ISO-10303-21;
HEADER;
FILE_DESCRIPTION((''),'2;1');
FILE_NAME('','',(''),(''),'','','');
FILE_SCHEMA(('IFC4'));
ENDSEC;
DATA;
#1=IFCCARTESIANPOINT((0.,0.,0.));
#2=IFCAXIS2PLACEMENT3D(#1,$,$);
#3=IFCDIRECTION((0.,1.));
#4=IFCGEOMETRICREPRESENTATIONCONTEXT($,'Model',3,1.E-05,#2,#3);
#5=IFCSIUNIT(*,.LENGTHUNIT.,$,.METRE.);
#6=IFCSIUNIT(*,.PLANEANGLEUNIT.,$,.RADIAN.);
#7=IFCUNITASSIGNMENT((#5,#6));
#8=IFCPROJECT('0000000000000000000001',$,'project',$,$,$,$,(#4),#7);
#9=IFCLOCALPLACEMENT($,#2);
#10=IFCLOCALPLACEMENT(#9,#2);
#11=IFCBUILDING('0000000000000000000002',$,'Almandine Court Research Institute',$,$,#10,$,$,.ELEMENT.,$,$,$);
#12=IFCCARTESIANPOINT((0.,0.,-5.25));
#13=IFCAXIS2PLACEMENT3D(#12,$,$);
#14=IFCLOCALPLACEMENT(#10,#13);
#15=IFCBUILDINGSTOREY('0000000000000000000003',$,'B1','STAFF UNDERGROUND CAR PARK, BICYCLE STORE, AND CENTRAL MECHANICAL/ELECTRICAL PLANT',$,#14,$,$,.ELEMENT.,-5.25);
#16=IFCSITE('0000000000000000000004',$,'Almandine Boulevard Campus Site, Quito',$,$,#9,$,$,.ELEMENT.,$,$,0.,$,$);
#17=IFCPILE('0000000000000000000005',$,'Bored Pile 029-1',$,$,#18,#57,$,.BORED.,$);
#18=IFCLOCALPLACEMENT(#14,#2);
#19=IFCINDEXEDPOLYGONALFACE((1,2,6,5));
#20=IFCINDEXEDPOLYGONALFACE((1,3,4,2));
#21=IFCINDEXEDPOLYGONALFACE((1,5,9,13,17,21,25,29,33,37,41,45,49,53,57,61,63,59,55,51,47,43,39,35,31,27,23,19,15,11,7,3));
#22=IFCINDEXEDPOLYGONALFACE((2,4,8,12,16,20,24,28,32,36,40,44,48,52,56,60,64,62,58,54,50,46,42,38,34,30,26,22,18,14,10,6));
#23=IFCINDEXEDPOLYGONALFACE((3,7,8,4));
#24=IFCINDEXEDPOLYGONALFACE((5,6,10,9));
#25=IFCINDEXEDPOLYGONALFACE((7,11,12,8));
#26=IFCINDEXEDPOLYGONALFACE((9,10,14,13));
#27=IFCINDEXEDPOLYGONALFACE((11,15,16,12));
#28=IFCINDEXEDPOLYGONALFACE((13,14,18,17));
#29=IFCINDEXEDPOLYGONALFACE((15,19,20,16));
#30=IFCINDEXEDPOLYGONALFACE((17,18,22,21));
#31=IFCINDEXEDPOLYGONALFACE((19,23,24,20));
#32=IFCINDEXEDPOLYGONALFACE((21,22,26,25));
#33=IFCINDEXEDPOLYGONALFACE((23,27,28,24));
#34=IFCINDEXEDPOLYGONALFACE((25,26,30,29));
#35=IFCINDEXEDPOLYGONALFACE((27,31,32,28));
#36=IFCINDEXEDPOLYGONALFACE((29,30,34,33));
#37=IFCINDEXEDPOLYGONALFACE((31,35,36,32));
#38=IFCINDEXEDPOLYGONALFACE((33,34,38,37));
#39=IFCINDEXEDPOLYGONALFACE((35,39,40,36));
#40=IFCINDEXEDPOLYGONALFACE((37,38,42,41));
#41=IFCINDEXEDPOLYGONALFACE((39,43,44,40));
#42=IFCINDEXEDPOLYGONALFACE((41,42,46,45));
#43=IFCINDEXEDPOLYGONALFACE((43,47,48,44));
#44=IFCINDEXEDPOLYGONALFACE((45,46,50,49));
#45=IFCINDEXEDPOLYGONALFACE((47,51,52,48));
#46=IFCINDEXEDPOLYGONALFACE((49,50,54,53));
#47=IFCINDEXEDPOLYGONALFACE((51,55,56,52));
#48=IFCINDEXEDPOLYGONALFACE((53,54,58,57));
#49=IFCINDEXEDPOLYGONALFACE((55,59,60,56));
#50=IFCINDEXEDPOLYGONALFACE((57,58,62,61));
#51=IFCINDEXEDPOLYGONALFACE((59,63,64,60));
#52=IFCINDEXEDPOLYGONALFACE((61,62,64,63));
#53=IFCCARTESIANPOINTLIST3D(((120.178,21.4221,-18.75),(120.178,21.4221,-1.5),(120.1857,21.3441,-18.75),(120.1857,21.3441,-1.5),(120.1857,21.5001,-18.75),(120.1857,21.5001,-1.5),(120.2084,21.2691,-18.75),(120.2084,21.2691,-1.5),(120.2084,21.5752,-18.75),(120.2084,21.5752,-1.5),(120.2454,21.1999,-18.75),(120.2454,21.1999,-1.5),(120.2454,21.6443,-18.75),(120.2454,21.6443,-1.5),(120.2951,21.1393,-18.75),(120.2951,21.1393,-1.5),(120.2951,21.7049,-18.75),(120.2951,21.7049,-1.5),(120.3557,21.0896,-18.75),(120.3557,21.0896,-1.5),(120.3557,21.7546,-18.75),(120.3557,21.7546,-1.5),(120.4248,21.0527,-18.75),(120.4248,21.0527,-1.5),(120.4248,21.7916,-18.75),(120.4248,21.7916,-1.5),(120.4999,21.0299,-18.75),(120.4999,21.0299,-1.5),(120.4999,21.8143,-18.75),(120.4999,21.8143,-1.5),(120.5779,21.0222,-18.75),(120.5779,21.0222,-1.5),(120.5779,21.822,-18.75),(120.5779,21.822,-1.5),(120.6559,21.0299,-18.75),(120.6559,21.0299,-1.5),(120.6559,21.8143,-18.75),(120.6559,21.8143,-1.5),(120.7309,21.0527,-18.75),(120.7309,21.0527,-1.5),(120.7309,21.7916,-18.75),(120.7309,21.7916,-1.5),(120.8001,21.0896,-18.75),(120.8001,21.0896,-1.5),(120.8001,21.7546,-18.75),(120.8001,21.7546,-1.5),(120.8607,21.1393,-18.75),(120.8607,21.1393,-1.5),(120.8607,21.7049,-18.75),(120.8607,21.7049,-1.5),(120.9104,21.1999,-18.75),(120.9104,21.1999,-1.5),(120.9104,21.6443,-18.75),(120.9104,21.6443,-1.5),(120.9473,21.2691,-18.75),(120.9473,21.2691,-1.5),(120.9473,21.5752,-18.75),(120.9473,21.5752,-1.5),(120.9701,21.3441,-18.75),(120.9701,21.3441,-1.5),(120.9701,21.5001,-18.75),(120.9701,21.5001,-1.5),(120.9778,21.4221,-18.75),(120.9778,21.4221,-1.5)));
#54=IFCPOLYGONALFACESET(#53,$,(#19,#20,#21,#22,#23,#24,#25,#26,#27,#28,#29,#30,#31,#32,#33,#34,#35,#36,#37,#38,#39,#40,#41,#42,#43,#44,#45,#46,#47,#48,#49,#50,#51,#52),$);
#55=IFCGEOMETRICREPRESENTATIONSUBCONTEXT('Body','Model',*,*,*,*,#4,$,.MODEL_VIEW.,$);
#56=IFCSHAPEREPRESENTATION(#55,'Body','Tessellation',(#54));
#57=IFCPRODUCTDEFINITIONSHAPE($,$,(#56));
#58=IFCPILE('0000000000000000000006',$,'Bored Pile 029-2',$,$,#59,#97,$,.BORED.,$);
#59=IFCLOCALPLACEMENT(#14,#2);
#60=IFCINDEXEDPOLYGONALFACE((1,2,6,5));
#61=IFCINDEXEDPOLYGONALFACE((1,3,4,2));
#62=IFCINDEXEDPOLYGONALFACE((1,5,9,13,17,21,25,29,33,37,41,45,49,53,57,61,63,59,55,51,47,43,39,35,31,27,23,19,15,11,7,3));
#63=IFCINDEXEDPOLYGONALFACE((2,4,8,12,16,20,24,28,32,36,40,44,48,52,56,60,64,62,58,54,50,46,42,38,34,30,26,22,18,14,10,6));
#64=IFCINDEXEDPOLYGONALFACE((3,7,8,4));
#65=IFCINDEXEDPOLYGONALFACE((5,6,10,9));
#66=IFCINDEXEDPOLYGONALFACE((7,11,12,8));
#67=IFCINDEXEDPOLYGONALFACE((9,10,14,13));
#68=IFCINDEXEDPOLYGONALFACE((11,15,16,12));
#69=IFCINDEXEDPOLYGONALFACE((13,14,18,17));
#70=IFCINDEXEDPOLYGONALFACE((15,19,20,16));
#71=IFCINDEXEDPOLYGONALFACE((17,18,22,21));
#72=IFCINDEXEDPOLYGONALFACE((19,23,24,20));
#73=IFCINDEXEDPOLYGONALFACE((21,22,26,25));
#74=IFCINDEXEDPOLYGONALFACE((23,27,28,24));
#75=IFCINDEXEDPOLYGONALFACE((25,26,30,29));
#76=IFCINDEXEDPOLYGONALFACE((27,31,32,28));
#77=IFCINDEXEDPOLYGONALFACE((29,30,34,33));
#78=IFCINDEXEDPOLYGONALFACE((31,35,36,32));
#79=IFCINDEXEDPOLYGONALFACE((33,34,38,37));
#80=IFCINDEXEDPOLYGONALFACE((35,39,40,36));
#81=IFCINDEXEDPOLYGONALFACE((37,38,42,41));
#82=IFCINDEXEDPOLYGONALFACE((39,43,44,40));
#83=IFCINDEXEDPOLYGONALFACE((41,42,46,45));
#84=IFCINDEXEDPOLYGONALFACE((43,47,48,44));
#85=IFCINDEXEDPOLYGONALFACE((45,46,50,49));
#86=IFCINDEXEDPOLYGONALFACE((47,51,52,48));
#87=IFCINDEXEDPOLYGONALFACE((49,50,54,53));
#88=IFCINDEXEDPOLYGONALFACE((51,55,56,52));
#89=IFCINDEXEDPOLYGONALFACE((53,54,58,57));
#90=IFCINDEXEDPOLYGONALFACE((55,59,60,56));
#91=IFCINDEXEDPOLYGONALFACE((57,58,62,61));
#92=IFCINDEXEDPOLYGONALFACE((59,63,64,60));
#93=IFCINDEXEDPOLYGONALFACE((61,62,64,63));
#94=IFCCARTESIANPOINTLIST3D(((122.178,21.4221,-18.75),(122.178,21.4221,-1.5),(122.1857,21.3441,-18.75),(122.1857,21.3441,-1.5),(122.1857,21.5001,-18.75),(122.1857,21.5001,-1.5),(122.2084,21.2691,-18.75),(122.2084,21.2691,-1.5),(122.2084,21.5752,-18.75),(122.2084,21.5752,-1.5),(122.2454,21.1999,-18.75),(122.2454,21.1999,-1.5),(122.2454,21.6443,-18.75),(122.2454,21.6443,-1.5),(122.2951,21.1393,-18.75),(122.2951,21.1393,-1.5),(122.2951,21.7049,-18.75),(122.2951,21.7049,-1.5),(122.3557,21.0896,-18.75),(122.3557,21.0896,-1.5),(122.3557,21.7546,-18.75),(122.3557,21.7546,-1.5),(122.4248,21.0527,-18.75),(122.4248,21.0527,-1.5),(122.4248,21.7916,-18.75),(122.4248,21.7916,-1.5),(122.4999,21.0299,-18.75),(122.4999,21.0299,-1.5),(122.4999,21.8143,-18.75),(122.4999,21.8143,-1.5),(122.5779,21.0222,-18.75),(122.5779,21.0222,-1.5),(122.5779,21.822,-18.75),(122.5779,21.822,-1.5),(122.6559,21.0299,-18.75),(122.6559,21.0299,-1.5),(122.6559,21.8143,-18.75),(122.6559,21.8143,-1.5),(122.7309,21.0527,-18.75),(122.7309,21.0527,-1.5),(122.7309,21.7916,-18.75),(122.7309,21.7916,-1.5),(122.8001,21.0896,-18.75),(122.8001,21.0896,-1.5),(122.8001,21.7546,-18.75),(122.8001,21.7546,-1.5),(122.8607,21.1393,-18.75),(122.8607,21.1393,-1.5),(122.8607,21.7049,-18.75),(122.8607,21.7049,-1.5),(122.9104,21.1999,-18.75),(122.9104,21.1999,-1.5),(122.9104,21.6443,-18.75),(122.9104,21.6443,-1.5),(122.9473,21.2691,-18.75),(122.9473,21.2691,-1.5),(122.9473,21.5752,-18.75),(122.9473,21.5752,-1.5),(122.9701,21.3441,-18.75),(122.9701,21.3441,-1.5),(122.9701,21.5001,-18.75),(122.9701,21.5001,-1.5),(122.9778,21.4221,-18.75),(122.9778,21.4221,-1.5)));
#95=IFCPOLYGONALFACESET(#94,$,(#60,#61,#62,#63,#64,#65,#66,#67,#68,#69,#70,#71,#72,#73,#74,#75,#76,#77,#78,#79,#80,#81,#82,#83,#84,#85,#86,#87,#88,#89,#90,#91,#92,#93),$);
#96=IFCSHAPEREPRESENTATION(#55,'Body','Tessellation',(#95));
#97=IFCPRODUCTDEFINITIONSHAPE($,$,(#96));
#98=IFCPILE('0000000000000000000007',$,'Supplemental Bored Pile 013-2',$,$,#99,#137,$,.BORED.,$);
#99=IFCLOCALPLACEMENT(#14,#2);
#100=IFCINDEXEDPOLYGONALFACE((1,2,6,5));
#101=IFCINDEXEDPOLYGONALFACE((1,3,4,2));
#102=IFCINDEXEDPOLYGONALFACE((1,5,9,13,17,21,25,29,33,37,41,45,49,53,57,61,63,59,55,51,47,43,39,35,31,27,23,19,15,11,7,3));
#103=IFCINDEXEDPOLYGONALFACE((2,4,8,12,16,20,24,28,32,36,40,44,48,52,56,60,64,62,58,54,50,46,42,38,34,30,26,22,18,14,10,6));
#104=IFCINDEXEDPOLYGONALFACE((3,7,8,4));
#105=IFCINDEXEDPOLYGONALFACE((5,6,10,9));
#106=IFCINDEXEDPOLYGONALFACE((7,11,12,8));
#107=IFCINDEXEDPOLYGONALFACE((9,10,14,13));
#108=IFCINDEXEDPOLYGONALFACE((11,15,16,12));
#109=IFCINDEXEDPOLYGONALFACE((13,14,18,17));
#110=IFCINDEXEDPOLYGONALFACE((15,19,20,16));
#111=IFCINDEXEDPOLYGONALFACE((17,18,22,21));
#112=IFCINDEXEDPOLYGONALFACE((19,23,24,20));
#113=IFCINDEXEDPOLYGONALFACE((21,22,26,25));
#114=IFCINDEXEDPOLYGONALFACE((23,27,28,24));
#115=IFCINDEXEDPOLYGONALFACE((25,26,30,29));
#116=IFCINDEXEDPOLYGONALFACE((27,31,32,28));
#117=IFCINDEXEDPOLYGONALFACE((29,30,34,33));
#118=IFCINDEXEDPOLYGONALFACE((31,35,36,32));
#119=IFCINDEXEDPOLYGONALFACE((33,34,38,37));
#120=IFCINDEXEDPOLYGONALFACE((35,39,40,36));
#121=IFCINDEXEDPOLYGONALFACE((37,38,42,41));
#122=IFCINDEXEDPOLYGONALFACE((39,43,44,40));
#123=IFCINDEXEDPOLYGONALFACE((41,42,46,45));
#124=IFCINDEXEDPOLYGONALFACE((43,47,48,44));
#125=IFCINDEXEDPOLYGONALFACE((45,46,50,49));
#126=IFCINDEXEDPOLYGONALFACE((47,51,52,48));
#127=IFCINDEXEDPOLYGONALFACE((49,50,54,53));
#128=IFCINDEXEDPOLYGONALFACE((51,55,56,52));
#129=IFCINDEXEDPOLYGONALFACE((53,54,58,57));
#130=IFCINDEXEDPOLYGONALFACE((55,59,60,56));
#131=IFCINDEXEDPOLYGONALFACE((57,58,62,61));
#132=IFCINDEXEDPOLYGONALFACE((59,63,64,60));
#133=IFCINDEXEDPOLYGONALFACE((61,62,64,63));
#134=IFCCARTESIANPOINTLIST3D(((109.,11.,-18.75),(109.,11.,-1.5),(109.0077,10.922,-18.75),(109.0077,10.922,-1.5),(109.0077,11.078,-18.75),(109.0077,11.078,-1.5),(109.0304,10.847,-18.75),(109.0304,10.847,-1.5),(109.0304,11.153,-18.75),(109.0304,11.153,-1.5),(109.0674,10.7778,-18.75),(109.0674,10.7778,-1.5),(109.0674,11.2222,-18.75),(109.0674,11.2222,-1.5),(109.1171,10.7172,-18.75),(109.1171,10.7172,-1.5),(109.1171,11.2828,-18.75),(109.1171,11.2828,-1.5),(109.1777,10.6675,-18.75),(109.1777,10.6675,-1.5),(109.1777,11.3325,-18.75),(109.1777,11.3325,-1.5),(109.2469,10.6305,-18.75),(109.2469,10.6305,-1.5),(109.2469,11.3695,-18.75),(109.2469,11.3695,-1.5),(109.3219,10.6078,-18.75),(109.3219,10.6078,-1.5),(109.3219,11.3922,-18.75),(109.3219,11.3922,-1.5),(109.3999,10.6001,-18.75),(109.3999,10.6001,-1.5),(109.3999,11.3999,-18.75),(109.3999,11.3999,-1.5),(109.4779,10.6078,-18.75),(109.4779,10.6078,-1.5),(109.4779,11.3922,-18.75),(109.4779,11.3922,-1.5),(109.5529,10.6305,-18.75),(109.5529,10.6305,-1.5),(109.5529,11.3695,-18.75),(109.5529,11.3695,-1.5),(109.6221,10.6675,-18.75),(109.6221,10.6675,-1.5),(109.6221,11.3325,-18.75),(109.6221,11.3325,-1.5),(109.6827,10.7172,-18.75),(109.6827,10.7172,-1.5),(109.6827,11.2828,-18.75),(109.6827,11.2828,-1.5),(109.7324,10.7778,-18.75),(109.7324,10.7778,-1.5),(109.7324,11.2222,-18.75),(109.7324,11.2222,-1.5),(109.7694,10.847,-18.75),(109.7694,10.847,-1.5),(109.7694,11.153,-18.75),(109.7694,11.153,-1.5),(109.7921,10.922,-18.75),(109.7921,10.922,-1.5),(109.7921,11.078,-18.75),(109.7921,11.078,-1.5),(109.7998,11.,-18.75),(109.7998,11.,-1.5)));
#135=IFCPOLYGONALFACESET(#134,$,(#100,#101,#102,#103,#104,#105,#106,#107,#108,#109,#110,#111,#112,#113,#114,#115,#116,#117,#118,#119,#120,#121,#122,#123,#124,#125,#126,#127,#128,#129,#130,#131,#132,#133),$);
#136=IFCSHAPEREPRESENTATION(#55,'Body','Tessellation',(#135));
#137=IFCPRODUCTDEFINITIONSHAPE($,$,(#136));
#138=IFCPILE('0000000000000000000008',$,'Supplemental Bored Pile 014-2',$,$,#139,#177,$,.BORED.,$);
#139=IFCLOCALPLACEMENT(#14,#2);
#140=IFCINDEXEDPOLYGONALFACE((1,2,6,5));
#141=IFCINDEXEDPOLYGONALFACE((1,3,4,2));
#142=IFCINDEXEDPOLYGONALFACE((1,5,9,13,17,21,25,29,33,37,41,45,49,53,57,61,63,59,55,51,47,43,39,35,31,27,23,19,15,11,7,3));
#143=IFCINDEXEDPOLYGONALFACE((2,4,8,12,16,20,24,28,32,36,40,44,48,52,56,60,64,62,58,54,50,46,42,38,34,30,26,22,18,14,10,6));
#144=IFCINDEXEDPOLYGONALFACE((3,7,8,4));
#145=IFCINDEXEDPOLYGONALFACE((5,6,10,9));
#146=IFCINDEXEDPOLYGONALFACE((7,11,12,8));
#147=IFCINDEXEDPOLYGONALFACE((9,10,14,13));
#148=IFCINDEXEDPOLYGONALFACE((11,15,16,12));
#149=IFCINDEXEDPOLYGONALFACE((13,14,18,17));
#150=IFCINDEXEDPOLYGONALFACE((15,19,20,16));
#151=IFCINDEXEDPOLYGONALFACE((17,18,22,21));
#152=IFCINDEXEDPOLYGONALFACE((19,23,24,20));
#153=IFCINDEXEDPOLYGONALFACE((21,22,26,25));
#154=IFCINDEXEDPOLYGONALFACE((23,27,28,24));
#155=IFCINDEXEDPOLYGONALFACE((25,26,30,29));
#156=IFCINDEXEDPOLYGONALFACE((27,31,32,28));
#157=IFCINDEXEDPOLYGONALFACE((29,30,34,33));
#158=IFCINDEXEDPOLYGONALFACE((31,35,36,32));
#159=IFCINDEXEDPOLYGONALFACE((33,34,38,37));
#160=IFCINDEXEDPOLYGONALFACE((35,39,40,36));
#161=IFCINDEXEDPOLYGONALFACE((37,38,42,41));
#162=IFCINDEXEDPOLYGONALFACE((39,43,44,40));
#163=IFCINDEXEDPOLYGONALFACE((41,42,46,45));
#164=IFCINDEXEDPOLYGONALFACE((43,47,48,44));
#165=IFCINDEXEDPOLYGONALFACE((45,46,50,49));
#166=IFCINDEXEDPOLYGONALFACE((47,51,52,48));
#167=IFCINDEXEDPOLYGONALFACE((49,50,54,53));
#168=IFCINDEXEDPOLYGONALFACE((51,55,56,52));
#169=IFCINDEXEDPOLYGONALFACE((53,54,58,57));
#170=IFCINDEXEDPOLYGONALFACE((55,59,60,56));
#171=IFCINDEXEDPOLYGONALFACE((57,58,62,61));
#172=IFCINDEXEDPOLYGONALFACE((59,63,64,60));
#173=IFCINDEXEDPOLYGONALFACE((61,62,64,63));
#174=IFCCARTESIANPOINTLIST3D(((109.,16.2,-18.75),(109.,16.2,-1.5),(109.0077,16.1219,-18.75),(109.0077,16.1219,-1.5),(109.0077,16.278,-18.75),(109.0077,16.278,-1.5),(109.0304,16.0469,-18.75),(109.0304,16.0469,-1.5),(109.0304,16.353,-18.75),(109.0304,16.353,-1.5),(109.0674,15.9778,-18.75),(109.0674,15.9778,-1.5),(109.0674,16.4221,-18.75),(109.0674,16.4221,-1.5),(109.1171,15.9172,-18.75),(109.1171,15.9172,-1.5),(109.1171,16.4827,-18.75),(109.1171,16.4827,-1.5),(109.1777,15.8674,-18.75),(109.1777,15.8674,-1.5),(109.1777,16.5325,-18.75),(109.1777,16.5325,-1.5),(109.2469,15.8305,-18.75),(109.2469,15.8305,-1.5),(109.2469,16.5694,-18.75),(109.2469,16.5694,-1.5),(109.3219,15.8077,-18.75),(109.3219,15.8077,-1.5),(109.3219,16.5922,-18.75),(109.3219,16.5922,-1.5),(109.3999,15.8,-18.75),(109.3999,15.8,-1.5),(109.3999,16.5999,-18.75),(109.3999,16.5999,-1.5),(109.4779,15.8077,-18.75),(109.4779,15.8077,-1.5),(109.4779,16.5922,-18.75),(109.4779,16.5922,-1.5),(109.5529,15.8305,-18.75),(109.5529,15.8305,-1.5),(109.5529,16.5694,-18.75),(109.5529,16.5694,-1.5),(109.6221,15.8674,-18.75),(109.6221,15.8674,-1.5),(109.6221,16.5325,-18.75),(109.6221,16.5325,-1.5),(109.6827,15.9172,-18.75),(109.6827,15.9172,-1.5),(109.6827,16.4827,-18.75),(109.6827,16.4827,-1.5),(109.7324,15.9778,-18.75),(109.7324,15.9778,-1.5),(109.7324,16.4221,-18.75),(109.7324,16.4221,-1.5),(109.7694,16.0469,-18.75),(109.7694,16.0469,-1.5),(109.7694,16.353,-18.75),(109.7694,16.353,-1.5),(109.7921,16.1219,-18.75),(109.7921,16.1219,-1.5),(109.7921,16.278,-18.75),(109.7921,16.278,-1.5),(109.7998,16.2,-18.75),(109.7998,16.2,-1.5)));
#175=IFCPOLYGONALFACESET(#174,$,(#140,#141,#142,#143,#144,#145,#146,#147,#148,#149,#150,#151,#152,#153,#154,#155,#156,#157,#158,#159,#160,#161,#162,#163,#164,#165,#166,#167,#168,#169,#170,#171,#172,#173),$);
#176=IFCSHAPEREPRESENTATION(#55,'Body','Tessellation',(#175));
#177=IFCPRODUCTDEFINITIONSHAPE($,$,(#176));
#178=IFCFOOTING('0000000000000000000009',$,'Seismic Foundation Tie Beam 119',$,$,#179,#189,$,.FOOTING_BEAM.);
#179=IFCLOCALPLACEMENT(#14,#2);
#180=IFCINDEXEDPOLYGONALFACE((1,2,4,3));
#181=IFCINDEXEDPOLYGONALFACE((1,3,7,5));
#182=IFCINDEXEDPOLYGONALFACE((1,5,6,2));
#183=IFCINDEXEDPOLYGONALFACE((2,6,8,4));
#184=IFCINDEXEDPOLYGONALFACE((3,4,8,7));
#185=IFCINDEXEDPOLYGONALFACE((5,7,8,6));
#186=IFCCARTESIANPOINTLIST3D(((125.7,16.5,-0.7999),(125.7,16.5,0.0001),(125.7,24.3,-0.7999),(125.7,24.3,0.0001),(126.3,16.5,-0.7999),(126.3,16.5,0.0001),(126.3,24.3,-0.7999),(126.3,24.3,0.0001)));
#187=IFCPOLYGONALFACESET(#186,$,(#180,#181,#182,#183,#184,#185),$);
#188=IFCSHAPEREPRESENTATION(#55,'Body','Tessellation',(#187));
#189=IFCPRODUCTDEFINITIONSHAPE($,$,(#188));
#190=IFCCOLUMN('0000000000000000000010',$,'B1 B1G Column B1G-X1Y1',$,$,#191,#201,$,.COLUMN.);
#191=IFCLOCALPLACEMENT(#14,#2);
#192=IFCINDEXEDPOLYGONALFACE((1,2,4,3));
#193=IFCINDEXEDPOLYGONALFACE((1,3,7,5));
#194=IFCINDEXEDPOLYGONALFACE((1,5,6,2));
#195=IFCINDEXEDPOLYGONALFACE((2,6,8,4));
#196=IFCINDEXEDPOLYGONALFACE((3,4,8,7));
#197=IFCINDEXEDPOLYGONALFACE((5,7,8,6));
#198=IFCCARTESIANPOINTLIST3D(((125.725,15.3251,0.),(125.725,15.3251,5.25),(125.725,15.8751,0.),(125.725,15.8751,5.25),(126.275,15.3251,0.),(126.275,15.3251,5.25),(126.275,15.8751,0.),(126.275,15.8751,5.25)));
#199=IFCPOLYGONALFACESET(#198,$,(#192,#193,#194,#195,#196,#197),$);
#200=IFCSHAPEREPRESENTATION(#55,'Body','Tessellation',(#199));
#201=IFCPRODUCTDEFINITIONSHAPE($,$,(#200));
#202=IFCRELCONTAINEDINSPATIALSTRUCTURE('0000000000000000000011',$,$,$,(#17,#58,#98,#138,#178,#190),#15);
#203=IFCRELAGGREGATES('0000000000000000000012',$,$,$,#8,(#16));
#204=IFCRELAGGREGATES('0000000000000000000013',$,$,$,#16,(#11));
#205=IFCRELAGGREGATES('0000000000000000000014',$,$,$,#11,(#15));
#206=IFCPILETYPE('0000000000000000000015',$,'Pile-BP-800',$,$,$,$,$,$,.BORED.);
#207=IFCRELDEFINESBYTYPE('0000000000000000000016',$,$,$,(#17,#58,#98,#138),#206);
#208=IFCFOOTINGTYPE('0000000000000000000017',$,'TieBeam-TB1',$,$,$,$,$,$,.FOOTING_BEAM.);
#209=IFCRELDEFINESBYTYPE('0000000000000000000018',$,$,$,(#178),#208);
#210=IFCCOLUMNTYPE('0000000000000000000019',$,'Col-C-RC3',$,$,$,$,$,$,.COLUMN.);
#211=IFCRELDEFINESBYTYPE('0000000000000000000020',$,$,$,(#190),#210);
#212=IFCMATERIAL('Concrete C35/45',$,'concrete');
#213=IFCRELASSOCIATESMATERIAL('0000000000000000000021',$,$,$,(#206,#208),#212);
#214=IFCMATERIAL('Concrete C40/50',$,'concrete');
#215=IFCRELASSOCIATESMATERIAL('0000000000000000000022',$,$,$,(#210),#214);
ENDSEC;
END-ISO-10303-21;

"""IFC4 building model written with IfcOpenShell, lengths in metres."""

from ifc_helpers import new_model, si_unit, direction, frame, origin, origin_2d, place, context, subcontext, project, spatial, rectangle, circle, extrude, material, material_profile, profile_set, type_object, element, save


model = new_model("IFC4")

# Units and contexts
model_context = context("Model", 3, precision=1e-05, world=origin(), true_north=direction((0.0, 1.0)))
body_context = subcontext(model_context, "Body", "Model", "MODEL_VIEW")
ifc_project = project(units=[si_unit("LENGTHUNIT", "METRE"), si_unit("PLANEANGLEUNIT", "RADIAN")], contexts=[model_context])

# Site, building, storey
site_placement = place(None, origin())
site = spatial("IfcSite", under=ifc_project, at=site_placement, Name="Almandine Boulevard Campus Site, Quito", CompositionType="ELEMENT", RefElevation=0.0)
building_placement = place(site_placement, origin())
building = spatial("IfcBuilding", under=site, at=building_placement, Name="Almandine Court Research Institute", CompositionType="ELEMENT")
storey_placement = place(building_placement, frame((0.0, 0.0, -5.25)))
storey = spatial("IfcBuildingStorey", under=building, at=storey_placement, Name="B1", Description="STAFF UNDERGROUND CAR PARK, BICYCLE STORE, AND CENTRAL MECHANICAL/ELECTRICAL PLANT", CompositionType="ELEMENT", Elevation=-5.25)

# Shared definitions
ifc_material_1 = material(Name="Concrete C35/45", Category="concrete")

# Piles
ifc_material_profile_1 = material_profile(ifc_material_1, circle(Radius=0.3999, at=origin_2d()), Name="BORED PILE D800")
ifc_profile_set_1 = profile_set([ifc_material_profile_1], Name="Concrete C35/45")
pile_type = type_object("IfcPileType", Name="Pile-BP-800", PredefinedType="BORED", material=ifc_profile_set_1)
for number, where, z_axis, x_axis, name in (
    (1, (120.5779, 21.4221, -1.5), (0.0, 0.0, -1.0), (1.0, 0.0, 0.0), "Bored Pile 029-1"),
    (2, (122.5779, 21.4221, -1.5), (0.0, 0.0, -1.0), (1.0, 0.0, 0.0), "Bored Pile 029-2"),
    (3, (109.3999, 11.0, -1.5), (0.0, 0.0, -1.0), (1.0, 0.0, 0.0), "Supplemental Bored Pile 013-2"),
    (4, (109.3999, 16.2, -1.5), (0.0, 0.0, -1.0), (1.0, 0.0, 0.0), "Supplemental Bored Pile 014-2"),
):
    element("IfcPile", number, at=place(storey_placement, frame(where, z_axis=z_axis, x_axis=x_axis)), inside=storey, type_object=pile_type, Name=name, PredefinedType="BORED", context=body_context, shape_type="SweptSolid", body=[
        extrude(circle(Radius=0.3999, at=origin_2d()), origin(), (0.0, 0.0, 1.0), 17.25),
    ])

# Footing
ifc_material_profile_2 = material_profile(ifc_material_1, rectangle(XDim=0.6001, YDim=0.8, at=origin_2d()), Name="RC TIE 600x800")
ifc_profile_set_2 = profile_set([ifc_material_profile_2], Name="Concrete C35/45")
footing_type_1 = type_object("IfcFootingType", Name="TieBeam-TB1", PredefinedType="FOOTING_BEAM", material=ifc_profile_set_2)
footing_1_placement = place(storey_placement, frame((126.0, 16.5, -0.3999), z_axis=(0.0, 1.0, 0.0), x_axis=(-1.0, 0.0, 0.0)))
element("IfcFooting", 5, at=footing_1_placement, inside=storey, type_object=footing_type_1, Name="Seismic Foundation Tie Beam 119", PredefinedType="FOOTING_BEAM", context=body_context, shape_type="SweptSolid", body=[
    extrude(rectangle(XDim=0.6001, YDim=0.8, at=origin_2d()), origin(), (0.0, 0.0, 1.0), 7.8),
])

# Column
ifc_material_2 = material(Name="Concrete C40/50", Category="concrete")
ifc_material_profile_3 = material_profile(ifc_material_2, rectangle(XDim=0.55, YDim=0.55, at=origin_2d()), Name="RC 550x550")
ifc_profile_set_3 = profile_set([ifc_material_profile_3], Name="Concrete C40/50")
column_type_1 = type_object("IfcColumnType", Name="Col-C-RC3", PredefinedType="COLUMN", material=ifc_profile_set_3)
for number, where, z_axis, x_axis, name in (
    (6, (126.0, 15.6001, 0.0), (0.0, 0.0, 1.0), (1.0, 0.0, 0.0), "B1 B1G Column B1G-X1Y1"),
):
    element("IfcColumn", number, at=place(storey_placement, frame(where, z_axis=z_axis, x_axis=x_axis)), inside=storey, type_object=column_type_1, Name=name, PredefinedType="COLUMN", context=body_context, shape_type="SweptSolid", body=[
        extrude(rectangle(XDim=0.55, YDim=0.55, at=origin_2d()), origin(), (0.0, 0.0, 1.0), 5.25),
    ])

save(model, "model.ifc")
